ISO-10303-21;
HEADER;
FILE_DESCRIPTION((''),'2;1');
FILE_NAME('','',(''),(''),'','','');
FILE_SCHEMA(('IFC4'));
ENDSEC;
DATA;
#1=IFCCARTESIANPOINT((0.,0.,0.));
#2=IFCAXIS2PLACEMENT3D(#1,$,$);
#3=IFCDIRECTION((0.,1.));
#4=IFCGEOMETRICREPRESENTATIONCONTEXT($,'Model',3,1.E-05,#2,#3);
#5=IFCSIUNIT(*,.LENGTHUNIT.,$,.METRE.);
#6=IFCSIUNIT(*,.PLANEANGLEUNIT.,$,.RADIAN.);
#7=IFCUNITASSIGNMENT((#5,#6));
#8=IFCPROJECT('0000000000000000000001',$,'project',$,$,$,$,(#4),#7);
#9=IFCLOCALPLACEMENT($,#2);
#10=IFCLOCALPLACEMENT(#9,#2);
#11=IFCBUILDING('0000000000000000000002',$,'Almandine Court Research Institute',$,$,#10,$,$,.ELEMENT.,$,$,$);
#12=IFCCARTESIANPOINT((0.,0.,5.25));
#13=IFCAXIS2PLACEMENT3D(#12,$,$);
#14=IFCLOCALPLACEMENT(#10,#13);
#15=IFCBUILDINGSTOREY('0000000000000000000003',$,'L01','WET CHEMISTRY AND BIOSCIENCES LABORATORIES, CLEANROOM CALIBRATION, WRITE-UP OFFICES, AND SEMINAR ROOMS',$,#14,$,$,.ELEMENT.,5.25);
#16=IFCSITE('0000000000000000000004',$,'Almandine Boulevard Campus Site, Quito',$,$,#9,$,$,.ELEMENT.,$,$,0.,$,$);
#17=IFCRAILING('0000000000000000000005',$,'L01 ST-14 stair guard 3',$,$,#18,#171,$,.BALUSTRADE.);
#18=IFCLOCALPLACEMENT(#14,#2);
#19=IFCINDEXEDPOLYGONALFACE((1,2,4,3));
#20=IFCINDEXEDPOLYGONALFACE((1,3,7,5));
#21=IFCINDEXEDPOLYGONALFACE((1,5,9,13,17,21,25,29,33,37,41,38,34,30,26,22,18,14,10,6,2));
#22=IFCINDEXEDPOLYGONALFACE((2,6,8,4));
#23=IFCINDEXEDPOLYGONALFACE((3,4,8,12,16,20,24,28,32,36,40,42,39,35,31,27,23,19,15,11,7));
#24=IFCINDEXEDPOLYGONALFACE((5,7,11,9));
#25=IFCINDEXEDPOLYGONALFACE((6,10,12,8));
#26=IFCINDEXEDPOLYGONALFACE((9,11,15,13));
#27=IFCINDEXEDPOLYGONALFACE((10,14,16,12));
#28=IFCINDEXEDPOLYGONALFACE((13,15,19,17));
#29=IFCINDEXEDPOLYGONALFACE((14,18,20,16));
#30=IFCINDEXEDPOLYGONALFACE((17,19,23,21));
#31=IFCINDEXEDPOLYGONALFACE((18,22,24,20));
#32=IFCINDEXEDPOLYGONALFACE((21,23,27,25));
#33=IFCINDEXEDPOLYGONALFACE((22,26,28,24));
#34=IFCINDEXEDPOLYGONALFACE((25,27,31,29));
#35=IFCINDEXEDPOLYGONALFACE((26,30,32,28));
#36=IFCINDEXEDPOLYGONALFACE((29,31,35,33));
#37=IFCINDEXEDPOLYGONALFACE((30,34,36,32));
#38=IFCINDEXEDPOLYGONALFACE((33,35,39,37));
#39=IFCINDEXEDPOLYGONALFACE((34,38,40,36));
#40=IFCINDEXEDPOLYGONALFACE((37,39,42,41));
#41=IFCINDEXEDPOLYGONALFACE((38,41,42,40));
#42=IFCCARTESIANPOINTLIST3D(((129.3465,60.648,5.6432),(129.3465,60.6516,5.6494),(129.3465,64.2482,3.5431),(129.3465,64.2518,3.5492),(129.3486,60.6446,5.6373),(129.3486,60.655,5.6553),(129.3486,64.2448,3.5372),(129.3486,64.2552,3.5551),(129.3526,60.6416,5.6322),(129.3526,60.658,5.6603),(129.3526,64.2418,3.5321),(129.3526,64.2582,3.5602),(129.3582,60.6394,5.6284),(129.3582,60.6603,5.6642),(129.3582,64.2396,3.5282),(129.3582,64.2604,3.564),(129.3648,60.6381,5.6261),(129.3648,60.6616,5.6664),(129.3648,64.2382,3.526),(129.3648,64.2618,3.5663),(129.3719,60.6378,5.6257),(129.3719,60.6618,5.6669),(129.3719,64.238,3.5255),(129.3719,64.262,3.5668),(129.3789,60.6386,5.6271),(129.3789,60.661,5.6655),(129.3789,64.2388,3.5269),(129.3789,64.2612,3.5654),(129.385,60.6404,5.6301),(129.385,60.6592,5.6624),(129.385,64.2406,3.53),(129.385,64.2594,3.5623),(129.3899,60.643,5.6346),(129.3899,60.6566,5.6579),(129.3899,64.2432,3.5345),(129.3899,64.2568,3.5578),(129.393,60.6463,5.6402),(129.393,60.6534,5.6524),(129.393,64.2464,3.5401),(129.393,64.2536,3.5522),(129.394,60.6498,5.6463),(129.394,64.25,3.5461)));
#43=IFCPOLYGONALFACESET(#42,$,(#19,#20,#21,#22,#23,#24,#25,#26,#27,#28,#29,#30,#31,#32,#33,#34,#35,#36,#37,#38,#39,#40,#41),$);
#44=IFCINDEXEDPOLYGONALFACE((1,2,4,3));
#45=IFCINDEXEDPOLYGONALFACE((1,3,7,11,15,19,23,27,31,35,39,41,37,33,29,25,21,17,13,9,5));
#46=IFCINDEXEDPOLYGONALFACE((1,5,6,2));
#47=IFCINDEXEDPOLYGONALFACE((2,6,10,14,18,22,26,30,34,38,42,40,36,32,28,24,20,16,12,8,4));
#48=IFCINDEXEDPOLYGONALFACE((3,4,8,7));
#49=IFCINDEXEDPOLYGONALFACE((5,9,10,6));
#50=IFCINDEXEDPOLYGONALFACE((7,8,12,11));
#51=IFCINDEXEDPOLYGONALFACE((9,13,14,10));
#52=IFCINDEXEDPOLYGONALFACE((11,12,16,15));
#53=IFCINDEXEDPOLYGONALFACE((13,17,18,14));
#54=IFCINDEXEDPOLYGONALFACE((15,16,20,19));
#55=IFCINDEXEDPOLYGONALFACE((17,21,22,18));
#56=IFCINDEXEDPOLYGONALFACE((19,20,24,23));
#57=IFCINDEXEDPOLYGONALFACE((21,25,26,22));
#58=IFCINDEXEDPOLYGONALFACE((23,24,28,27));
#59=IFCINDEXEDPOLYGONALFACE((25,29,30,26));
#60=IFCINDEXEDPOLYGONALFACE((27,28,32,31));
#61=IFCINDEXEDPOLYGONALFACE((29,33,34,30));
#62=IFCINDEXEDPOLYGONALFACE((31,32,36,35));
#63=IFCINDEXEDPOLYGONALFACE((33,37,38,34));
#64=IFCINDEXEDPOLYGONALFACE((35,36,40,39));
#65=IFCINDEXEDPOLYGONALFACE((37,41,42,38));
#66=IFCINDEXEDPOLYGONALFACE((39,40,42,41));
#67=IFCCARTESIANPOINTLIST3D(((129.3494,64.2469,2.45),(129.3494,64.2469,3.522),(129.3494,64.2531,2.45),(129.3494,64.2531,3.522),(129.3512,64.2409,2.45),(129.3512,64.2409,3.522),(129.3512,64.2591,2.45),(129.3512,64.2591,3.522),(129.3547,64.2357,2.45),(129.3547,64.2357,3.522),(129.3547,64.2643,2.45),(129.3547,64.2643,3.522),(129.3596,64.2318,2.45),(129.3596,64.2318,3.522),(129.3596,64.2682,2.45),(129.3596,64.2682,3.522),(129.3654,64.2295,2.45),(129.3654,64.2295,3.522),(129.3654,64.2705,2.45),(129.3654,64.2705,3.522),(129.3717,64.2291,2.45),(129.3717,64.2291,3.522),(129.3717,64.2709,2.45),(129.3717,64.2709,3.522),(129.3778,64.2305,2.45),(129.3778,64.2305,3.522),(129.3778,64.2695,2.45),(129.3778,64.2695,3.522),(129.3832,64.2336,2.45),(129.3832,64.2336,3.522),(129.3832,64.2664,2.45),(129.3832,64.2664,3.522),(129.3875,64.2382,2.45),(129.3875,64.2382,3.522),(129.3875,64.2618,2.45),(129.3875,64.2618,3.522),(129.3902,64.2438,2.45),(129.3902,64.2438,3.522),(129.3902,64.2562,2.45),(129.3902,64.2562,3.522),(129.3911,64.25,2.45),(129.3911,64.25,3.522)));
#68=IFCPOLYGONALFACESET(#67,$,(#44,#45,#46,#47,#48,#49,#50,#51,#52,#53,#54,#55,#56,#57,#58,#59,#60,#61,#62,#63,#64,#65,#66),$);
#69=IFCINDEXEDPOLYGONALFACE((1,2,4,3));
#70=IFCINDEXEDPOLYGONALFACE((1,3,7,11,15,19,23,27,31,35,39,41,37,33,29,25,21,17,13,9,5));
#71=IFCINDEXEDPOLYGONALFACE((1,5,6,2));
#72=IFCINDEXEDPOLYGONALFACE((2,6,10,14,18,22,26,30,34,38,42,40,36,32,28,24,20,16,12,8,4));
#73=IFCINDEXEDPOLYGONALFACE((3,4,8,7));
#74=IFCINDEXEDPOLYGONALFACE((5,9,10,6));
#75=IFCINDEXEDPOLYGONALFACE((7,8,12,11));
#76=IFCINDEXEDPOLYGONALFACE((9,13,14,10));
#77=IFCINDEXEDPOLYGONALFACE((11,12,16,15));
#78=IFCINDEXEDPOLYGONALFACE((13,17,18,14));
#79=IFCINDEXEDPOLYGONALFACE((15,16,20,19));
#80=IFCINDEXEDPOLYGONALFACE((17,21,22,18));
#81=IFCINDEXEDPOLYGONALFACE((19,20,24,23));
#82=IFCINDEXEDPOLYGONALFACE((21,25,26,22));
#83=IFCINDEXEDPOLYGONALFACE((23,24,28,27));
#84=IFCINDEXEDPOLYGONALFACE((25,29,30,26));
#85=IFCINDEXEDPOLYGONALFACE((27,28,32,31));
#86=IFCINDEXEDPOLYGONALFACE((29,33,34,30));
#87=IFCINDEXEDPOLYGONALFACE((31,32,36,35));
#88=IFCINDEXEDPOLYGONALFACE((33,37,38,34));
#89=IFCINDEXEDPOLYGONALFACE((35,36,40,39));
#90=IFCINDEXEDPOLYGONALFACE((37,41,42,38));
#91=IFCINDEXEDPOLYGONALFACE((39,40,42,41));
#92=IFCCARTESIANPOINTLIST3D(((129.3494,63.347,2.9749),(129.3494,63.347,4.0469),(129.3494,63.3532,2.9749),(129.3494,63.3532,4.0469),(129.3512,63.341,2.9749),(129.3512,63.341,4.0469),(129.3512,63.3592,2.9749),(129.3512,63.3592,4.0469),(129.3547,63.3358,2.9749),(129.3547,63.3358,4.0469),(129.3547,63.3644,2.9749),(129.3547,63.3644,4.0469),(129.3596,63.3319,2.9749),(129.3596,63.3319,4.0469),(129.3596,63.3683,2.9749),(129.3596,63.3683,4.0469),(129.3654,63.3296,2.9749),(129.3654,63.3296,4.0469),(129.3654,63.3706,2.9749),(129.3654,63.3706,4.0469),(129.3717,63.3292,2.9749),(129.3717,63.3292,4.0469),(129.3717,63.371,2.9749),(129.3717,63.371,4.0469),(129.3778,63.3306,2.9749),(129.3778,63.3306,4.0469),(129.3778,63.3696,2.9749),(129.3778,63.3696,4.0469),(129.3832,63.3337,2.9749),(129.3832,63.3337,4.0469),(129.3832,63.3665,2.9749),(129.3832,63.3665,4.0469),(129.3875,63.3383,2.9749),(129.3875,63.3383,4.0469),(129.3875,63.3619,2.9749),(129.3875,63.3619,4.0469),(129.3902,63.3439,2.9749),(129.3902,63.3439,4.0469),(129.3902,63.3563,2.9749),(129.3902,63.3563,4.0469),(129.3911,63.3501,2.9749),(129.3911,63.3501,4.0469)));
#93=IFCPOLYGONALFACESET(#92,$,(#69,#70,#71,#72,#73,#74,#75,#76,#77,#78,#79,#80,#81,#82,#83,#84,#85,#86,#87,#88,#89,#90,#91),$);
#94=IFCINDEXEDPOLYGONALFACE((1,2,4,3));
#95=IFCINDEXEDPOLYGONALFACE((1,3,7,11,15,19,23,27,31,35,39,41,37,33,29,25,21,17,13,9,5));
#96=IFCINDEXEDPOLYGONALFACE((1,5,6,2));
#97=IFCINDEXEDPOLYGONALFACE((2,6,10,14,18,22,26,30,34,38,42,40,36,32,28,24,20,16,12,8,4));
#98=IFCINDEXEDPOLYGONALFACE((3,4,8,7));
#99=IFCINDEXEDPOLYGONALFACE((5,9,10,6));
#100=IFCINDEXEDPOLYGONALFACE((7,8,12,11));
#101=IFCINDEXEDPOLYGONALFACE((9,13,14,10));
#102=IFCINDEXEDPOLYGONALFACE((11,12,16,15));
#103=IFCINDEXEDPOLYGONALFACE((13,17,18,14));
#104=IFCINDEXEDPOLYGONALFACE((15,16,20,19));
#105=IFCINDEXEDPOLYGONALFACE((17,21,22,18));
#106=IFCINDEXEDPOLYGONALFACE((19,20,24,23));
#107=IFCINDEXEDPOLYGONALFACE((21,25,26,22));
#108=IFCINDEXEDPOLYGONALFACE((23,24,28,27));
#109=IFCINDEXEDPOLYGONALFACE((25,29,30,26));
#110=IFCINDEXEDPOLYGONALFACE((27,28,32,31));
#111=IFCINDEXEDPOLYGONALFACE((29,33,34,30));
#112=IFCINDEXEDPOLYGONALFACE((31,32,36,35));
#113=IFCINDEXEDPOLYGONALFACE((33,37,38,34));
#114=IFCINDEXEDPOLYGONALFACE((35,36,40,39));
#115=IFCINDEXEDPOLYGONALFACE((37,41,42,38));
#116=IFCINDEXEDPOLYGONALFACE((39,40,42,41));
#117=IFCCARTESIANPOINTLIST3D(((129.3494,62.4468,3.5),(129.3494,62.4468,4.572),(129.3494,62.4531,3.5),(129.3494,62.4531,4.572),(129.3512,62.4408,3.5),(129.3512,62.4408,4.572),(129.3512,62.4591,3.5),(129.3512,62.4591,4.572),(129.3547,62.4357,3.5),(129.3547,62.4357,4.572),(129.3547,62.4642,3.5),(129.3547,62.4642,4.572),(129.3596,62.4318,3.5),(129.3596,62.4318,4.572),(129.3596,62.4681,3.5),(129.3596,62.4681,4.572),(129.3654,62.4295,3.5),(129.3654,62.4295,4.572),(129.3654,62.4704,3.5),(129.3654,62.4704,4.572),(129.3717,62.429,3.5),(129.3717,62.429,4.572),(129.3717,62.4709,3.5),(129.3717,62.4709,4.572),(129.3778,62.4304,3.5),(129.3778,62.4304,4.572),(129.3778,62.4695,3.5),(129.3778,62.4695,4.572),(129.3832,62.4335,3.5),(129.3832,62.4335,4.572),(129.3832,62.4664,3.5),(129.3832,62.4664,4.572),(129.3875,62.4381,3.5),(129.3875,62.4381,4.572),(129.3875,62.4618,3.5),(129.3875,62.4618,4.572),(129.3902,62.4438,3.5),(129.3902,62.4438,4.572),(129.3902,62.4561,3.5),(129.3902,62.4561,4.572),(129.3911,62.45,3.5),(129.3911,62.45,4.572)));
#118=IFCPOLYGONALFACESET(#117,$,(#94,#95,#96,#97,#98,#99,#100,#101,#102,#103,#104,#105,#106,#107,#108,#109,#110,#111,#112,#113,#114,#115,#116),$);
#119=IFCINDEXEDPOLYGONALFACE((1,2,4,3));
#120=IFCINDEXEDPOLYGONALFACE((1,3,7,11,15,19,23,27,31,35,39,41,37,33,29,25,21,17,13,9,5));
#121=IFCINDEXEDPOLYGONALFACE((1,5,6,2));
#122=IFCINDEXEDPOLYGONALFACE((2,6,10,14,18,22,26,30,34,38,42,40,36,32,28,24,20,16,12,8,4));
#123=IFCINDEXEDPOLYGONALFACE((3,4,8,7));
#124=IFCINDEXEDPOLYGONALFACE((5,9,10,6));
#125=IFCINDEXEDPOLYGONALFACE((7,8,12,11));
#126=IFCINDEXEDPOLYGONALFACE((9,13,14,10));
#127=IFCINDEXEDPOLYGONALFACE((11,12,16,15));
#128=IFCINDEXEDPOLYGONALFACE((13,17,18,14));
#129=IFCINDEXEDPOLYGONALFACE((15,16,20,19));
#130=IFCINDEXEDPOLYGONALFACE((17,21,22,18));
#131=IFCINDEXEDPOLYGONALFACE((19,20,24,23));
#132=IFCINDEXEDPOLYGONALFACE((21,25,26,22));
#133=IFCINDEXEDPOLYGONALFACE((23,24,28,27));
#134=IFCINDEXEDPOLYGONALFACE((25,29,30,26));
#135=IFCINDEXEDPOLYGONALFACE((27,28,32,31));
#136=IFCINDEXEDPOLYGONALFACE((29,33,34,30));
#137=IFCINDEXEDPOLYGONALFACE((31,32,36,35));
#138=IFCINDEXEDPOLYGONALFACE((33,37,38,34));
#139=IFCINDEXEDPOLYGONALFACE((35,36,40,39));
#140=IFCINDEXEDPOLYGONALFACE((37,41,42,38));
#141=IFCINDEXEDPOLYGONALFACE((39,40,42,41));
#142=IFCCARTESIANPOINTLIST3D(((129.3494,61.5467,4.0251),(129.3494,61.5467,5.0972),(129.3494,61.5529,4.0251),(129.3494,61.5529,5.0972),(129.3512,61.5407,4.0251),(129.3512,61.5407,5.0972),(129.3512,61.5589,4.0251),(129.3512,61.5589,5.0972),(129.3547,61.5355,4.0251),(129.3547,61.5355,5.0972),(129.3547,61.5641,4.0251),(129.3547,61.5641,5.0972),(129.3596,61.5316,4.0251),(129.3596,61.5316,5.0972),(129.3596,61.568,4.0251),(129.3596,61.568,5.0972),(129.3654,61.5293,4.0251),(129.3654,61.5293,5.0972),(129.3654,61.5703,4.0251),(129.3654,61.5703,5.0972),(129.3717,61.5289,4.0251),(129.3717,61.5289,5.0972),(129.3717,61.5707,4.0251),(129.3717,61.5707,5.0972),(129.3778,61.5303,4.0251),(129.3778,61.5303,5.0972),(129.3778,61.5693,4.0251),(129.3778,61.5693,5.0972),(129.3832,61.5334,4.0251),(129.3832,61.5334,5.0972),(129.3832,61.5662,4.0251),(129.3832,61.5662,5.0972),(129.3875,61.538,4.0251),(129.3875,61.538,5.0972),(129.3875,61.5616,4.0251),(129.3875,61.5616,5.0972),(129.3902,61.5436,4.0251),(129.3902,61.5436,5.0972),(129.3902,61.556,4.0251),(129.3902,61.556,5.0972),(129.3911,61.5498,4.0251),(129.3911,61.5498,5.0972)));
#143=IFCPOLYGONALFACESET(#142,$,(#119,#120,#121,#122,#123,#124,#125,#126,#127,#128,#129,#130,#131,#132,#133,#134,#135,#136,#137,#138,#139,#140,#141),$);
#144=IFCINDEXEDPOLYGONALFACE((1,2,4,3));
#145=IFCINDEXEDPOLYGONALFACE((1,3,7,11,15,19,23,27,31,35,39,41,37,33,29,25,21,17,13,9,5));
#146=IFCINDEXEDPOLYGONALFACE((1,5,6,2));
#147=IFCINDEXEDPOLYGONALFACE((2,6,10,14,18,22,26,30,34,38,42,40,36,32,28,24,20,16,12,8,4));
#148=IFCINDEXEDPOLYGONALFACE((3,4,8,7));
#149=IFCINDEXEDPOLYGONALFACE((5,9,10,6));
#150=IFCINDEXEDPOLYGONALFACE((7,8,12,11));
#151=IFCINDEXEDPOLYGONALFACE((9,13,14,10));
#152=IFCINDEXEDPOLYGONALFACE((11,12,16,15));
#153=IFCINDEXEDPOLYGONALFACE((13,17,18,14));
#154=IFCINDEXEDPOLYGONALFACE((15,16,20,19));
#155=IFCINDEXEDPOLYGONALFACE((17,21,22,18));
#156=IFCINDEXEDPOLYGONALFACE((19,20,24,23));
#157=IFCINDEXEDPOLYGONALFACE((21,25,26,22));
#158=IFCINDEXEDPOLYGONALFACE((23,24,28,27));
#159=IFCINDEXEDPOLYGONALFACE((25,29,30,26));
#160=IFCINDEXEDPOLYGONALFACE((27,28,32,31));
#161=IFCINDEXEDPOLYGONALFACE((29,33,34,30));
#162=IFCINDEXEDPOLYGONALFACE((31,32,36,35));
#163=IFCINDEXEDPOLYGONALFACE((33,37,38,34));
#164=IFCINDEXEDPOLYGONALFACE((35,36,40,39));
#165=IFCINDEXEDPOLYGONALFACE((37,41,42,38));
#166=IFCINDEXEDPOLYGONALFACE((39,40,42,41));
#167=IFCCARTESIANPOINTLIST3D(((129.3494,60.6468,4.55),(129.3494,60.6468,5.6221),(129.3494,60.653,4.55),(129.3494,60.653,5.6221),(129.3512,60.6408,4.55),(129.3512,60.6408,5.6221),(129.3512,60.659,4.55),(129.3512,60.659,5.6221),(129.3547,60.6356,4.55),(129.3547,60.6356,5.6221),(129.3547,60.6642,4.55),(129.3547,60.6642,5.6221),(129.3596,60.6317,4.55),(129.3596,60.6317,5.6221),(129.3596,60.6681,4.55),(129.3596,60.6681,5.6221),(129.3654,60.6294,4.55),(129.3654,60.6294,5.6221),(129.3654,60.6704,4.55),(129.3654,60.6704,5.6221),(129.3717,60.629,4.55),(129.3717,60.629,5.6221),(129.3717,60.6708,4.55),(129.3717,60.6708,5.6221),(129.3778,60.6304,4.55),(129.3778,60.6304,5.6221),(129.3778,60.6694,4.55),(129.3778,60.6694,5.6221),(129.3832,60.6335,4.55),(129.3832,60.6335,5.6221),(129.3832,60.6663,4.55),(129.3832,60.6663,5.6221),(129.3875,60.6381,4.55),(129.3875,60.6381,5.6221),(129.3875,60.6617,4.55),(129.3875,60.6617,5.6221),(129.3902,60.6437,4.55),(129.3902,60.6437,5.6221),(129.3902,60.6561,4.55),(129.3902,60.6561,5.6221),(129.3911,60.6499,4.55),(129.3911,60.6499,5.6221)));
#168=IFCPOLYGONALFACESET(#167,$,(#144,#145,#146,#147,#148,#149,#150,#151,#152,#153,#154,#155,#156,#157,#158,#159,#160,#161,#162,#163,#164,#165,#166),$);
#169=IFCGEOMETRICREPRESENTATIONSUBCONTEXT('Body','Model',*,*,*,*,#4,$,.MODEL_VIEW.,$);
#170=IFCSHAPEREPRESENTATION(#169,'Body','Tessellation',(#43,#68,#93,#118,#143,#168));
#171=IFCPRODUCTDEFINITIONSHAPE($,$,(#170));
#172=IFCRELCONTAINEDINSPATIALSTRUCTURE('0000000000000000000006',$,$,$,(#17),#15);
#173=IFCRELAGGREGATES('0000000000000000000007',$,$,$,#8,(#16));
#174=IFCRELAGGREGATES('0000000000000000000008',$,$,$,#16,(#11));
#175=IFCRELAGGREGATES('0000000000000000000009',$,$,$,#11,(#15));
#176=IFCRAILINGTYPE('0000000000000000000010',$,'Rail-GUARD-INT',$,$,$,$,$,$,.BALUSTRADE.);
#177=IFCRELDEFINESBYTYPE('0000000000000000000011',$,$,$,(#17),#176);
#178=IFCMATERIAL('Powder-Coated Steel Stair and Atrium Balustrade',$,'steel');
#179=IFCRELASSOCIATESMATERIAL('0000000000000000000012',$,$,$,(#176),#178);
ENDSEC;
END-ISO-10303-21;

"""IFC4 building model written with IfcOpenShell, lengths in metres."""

from ifc_helpers import new_model, si_unit, direction, frame, origin, origin_2d, place, context, subcontext, project, spatial, circle, extrude, material, type_object, element, save


model = new_model("IFC4")

# Units and contexts
model_context = context("Model", 3, precision=1e-05, world=origin(), true_north=direction((0.0, 1.0)))
body_context = subcontext(model_context, "Body", "Model", "MODEL_VIEW")
ifc_project = project(units=[si_unit("LENGTHUNIT", "METRE"), si_unit("PLANEANGLEUNIT", "RADIAN")], contexts=[model_context])

# Site, building, storey
site_placement = place(None, origin())
site = spatial("IfcSite", under=ifc_project, at=site_placement, Name="Almandine Boulevard Campus Site, Quito", CompositionType="ELEMENT", RefElevation=0.0)
building_placement = place(site_placement, origin())
building = spatial("IfcBuilding", under=site, at=building_placement, Name="Almandine Court Research Institute", CompositionType="ELEMENT")
storey_placement = place(building_placement, frame((0.0, 0.0, 5.25)))
storey = spatial("IfcBuildingStorey", under=building, at=storey_placement, Name="L01", Description="WET CHEMISTRY AND BIOSCIENCES LABORATORIES, CLEANROOM CALIBRATION, WRITE-UP OFFICES, AND SEMINAR ROOMS", CompositionType="ELEMENT", Elevation=5.25)

# Railing
ifc_material_1 = material(Name="Powder-Coated Steel Stair and Atrium Balustrade", Category="steel")
railing_type_1 = type_object("IfcRailingType", Name="Rail-GUARD-INT", PredefinedType="BALUSTRADE", material=ifc_material_1)
railing_1_placement = place(storey_placement, frame((129.3701, 64.25, 2.45)))
element("IfcRailing", 1, at=railing_1_placement, inside=storey, type_object=railing_type_1, Name="L01 ST-14 stair guard 3", PredefinedType="BALUSTRADE", context=body_context, shape_type="SweptSolid", body=[
    extrude(circle(Radius=0.0239, at=origin_2d()), frame((0.0, 0.0, 1.0962), z_axis=(0.0, -0.863775, 0.503878), x_axis=(1.0, 0.0, 0.0)), (0.0, 0.0, 1.0), 4.168),
    extrude(circle(Radius=0.021, at=origin_2d()), origin(), (0.0, 0.0, 1.0), 1.072),
    extrude(circle(Radius=0.021, at=origin_2d()), frame((0.0, -0.8999, 0.5249)), (0.0, 0.0, 1.0), 1.072),
    extrude(circle(Radius=0.021, at=origin_2d()), frame((0.0, -1.8, 1.05)), (0.0, 0.0, 1.0), 1.072),
    extrude(circle(Radius=0.021, at=origin_2d()), frame((0.0, -2.7002, 1.5752)), (0.0, 0.0, 1.0), 1.072),
    extrude(circle(Radius=0.021, at=origin_2d()), frame((0.0, -3.6001, 2.1001)), (0.0, 0.0, 1.0), 1.072),
])

save(model, "model.ifc")
